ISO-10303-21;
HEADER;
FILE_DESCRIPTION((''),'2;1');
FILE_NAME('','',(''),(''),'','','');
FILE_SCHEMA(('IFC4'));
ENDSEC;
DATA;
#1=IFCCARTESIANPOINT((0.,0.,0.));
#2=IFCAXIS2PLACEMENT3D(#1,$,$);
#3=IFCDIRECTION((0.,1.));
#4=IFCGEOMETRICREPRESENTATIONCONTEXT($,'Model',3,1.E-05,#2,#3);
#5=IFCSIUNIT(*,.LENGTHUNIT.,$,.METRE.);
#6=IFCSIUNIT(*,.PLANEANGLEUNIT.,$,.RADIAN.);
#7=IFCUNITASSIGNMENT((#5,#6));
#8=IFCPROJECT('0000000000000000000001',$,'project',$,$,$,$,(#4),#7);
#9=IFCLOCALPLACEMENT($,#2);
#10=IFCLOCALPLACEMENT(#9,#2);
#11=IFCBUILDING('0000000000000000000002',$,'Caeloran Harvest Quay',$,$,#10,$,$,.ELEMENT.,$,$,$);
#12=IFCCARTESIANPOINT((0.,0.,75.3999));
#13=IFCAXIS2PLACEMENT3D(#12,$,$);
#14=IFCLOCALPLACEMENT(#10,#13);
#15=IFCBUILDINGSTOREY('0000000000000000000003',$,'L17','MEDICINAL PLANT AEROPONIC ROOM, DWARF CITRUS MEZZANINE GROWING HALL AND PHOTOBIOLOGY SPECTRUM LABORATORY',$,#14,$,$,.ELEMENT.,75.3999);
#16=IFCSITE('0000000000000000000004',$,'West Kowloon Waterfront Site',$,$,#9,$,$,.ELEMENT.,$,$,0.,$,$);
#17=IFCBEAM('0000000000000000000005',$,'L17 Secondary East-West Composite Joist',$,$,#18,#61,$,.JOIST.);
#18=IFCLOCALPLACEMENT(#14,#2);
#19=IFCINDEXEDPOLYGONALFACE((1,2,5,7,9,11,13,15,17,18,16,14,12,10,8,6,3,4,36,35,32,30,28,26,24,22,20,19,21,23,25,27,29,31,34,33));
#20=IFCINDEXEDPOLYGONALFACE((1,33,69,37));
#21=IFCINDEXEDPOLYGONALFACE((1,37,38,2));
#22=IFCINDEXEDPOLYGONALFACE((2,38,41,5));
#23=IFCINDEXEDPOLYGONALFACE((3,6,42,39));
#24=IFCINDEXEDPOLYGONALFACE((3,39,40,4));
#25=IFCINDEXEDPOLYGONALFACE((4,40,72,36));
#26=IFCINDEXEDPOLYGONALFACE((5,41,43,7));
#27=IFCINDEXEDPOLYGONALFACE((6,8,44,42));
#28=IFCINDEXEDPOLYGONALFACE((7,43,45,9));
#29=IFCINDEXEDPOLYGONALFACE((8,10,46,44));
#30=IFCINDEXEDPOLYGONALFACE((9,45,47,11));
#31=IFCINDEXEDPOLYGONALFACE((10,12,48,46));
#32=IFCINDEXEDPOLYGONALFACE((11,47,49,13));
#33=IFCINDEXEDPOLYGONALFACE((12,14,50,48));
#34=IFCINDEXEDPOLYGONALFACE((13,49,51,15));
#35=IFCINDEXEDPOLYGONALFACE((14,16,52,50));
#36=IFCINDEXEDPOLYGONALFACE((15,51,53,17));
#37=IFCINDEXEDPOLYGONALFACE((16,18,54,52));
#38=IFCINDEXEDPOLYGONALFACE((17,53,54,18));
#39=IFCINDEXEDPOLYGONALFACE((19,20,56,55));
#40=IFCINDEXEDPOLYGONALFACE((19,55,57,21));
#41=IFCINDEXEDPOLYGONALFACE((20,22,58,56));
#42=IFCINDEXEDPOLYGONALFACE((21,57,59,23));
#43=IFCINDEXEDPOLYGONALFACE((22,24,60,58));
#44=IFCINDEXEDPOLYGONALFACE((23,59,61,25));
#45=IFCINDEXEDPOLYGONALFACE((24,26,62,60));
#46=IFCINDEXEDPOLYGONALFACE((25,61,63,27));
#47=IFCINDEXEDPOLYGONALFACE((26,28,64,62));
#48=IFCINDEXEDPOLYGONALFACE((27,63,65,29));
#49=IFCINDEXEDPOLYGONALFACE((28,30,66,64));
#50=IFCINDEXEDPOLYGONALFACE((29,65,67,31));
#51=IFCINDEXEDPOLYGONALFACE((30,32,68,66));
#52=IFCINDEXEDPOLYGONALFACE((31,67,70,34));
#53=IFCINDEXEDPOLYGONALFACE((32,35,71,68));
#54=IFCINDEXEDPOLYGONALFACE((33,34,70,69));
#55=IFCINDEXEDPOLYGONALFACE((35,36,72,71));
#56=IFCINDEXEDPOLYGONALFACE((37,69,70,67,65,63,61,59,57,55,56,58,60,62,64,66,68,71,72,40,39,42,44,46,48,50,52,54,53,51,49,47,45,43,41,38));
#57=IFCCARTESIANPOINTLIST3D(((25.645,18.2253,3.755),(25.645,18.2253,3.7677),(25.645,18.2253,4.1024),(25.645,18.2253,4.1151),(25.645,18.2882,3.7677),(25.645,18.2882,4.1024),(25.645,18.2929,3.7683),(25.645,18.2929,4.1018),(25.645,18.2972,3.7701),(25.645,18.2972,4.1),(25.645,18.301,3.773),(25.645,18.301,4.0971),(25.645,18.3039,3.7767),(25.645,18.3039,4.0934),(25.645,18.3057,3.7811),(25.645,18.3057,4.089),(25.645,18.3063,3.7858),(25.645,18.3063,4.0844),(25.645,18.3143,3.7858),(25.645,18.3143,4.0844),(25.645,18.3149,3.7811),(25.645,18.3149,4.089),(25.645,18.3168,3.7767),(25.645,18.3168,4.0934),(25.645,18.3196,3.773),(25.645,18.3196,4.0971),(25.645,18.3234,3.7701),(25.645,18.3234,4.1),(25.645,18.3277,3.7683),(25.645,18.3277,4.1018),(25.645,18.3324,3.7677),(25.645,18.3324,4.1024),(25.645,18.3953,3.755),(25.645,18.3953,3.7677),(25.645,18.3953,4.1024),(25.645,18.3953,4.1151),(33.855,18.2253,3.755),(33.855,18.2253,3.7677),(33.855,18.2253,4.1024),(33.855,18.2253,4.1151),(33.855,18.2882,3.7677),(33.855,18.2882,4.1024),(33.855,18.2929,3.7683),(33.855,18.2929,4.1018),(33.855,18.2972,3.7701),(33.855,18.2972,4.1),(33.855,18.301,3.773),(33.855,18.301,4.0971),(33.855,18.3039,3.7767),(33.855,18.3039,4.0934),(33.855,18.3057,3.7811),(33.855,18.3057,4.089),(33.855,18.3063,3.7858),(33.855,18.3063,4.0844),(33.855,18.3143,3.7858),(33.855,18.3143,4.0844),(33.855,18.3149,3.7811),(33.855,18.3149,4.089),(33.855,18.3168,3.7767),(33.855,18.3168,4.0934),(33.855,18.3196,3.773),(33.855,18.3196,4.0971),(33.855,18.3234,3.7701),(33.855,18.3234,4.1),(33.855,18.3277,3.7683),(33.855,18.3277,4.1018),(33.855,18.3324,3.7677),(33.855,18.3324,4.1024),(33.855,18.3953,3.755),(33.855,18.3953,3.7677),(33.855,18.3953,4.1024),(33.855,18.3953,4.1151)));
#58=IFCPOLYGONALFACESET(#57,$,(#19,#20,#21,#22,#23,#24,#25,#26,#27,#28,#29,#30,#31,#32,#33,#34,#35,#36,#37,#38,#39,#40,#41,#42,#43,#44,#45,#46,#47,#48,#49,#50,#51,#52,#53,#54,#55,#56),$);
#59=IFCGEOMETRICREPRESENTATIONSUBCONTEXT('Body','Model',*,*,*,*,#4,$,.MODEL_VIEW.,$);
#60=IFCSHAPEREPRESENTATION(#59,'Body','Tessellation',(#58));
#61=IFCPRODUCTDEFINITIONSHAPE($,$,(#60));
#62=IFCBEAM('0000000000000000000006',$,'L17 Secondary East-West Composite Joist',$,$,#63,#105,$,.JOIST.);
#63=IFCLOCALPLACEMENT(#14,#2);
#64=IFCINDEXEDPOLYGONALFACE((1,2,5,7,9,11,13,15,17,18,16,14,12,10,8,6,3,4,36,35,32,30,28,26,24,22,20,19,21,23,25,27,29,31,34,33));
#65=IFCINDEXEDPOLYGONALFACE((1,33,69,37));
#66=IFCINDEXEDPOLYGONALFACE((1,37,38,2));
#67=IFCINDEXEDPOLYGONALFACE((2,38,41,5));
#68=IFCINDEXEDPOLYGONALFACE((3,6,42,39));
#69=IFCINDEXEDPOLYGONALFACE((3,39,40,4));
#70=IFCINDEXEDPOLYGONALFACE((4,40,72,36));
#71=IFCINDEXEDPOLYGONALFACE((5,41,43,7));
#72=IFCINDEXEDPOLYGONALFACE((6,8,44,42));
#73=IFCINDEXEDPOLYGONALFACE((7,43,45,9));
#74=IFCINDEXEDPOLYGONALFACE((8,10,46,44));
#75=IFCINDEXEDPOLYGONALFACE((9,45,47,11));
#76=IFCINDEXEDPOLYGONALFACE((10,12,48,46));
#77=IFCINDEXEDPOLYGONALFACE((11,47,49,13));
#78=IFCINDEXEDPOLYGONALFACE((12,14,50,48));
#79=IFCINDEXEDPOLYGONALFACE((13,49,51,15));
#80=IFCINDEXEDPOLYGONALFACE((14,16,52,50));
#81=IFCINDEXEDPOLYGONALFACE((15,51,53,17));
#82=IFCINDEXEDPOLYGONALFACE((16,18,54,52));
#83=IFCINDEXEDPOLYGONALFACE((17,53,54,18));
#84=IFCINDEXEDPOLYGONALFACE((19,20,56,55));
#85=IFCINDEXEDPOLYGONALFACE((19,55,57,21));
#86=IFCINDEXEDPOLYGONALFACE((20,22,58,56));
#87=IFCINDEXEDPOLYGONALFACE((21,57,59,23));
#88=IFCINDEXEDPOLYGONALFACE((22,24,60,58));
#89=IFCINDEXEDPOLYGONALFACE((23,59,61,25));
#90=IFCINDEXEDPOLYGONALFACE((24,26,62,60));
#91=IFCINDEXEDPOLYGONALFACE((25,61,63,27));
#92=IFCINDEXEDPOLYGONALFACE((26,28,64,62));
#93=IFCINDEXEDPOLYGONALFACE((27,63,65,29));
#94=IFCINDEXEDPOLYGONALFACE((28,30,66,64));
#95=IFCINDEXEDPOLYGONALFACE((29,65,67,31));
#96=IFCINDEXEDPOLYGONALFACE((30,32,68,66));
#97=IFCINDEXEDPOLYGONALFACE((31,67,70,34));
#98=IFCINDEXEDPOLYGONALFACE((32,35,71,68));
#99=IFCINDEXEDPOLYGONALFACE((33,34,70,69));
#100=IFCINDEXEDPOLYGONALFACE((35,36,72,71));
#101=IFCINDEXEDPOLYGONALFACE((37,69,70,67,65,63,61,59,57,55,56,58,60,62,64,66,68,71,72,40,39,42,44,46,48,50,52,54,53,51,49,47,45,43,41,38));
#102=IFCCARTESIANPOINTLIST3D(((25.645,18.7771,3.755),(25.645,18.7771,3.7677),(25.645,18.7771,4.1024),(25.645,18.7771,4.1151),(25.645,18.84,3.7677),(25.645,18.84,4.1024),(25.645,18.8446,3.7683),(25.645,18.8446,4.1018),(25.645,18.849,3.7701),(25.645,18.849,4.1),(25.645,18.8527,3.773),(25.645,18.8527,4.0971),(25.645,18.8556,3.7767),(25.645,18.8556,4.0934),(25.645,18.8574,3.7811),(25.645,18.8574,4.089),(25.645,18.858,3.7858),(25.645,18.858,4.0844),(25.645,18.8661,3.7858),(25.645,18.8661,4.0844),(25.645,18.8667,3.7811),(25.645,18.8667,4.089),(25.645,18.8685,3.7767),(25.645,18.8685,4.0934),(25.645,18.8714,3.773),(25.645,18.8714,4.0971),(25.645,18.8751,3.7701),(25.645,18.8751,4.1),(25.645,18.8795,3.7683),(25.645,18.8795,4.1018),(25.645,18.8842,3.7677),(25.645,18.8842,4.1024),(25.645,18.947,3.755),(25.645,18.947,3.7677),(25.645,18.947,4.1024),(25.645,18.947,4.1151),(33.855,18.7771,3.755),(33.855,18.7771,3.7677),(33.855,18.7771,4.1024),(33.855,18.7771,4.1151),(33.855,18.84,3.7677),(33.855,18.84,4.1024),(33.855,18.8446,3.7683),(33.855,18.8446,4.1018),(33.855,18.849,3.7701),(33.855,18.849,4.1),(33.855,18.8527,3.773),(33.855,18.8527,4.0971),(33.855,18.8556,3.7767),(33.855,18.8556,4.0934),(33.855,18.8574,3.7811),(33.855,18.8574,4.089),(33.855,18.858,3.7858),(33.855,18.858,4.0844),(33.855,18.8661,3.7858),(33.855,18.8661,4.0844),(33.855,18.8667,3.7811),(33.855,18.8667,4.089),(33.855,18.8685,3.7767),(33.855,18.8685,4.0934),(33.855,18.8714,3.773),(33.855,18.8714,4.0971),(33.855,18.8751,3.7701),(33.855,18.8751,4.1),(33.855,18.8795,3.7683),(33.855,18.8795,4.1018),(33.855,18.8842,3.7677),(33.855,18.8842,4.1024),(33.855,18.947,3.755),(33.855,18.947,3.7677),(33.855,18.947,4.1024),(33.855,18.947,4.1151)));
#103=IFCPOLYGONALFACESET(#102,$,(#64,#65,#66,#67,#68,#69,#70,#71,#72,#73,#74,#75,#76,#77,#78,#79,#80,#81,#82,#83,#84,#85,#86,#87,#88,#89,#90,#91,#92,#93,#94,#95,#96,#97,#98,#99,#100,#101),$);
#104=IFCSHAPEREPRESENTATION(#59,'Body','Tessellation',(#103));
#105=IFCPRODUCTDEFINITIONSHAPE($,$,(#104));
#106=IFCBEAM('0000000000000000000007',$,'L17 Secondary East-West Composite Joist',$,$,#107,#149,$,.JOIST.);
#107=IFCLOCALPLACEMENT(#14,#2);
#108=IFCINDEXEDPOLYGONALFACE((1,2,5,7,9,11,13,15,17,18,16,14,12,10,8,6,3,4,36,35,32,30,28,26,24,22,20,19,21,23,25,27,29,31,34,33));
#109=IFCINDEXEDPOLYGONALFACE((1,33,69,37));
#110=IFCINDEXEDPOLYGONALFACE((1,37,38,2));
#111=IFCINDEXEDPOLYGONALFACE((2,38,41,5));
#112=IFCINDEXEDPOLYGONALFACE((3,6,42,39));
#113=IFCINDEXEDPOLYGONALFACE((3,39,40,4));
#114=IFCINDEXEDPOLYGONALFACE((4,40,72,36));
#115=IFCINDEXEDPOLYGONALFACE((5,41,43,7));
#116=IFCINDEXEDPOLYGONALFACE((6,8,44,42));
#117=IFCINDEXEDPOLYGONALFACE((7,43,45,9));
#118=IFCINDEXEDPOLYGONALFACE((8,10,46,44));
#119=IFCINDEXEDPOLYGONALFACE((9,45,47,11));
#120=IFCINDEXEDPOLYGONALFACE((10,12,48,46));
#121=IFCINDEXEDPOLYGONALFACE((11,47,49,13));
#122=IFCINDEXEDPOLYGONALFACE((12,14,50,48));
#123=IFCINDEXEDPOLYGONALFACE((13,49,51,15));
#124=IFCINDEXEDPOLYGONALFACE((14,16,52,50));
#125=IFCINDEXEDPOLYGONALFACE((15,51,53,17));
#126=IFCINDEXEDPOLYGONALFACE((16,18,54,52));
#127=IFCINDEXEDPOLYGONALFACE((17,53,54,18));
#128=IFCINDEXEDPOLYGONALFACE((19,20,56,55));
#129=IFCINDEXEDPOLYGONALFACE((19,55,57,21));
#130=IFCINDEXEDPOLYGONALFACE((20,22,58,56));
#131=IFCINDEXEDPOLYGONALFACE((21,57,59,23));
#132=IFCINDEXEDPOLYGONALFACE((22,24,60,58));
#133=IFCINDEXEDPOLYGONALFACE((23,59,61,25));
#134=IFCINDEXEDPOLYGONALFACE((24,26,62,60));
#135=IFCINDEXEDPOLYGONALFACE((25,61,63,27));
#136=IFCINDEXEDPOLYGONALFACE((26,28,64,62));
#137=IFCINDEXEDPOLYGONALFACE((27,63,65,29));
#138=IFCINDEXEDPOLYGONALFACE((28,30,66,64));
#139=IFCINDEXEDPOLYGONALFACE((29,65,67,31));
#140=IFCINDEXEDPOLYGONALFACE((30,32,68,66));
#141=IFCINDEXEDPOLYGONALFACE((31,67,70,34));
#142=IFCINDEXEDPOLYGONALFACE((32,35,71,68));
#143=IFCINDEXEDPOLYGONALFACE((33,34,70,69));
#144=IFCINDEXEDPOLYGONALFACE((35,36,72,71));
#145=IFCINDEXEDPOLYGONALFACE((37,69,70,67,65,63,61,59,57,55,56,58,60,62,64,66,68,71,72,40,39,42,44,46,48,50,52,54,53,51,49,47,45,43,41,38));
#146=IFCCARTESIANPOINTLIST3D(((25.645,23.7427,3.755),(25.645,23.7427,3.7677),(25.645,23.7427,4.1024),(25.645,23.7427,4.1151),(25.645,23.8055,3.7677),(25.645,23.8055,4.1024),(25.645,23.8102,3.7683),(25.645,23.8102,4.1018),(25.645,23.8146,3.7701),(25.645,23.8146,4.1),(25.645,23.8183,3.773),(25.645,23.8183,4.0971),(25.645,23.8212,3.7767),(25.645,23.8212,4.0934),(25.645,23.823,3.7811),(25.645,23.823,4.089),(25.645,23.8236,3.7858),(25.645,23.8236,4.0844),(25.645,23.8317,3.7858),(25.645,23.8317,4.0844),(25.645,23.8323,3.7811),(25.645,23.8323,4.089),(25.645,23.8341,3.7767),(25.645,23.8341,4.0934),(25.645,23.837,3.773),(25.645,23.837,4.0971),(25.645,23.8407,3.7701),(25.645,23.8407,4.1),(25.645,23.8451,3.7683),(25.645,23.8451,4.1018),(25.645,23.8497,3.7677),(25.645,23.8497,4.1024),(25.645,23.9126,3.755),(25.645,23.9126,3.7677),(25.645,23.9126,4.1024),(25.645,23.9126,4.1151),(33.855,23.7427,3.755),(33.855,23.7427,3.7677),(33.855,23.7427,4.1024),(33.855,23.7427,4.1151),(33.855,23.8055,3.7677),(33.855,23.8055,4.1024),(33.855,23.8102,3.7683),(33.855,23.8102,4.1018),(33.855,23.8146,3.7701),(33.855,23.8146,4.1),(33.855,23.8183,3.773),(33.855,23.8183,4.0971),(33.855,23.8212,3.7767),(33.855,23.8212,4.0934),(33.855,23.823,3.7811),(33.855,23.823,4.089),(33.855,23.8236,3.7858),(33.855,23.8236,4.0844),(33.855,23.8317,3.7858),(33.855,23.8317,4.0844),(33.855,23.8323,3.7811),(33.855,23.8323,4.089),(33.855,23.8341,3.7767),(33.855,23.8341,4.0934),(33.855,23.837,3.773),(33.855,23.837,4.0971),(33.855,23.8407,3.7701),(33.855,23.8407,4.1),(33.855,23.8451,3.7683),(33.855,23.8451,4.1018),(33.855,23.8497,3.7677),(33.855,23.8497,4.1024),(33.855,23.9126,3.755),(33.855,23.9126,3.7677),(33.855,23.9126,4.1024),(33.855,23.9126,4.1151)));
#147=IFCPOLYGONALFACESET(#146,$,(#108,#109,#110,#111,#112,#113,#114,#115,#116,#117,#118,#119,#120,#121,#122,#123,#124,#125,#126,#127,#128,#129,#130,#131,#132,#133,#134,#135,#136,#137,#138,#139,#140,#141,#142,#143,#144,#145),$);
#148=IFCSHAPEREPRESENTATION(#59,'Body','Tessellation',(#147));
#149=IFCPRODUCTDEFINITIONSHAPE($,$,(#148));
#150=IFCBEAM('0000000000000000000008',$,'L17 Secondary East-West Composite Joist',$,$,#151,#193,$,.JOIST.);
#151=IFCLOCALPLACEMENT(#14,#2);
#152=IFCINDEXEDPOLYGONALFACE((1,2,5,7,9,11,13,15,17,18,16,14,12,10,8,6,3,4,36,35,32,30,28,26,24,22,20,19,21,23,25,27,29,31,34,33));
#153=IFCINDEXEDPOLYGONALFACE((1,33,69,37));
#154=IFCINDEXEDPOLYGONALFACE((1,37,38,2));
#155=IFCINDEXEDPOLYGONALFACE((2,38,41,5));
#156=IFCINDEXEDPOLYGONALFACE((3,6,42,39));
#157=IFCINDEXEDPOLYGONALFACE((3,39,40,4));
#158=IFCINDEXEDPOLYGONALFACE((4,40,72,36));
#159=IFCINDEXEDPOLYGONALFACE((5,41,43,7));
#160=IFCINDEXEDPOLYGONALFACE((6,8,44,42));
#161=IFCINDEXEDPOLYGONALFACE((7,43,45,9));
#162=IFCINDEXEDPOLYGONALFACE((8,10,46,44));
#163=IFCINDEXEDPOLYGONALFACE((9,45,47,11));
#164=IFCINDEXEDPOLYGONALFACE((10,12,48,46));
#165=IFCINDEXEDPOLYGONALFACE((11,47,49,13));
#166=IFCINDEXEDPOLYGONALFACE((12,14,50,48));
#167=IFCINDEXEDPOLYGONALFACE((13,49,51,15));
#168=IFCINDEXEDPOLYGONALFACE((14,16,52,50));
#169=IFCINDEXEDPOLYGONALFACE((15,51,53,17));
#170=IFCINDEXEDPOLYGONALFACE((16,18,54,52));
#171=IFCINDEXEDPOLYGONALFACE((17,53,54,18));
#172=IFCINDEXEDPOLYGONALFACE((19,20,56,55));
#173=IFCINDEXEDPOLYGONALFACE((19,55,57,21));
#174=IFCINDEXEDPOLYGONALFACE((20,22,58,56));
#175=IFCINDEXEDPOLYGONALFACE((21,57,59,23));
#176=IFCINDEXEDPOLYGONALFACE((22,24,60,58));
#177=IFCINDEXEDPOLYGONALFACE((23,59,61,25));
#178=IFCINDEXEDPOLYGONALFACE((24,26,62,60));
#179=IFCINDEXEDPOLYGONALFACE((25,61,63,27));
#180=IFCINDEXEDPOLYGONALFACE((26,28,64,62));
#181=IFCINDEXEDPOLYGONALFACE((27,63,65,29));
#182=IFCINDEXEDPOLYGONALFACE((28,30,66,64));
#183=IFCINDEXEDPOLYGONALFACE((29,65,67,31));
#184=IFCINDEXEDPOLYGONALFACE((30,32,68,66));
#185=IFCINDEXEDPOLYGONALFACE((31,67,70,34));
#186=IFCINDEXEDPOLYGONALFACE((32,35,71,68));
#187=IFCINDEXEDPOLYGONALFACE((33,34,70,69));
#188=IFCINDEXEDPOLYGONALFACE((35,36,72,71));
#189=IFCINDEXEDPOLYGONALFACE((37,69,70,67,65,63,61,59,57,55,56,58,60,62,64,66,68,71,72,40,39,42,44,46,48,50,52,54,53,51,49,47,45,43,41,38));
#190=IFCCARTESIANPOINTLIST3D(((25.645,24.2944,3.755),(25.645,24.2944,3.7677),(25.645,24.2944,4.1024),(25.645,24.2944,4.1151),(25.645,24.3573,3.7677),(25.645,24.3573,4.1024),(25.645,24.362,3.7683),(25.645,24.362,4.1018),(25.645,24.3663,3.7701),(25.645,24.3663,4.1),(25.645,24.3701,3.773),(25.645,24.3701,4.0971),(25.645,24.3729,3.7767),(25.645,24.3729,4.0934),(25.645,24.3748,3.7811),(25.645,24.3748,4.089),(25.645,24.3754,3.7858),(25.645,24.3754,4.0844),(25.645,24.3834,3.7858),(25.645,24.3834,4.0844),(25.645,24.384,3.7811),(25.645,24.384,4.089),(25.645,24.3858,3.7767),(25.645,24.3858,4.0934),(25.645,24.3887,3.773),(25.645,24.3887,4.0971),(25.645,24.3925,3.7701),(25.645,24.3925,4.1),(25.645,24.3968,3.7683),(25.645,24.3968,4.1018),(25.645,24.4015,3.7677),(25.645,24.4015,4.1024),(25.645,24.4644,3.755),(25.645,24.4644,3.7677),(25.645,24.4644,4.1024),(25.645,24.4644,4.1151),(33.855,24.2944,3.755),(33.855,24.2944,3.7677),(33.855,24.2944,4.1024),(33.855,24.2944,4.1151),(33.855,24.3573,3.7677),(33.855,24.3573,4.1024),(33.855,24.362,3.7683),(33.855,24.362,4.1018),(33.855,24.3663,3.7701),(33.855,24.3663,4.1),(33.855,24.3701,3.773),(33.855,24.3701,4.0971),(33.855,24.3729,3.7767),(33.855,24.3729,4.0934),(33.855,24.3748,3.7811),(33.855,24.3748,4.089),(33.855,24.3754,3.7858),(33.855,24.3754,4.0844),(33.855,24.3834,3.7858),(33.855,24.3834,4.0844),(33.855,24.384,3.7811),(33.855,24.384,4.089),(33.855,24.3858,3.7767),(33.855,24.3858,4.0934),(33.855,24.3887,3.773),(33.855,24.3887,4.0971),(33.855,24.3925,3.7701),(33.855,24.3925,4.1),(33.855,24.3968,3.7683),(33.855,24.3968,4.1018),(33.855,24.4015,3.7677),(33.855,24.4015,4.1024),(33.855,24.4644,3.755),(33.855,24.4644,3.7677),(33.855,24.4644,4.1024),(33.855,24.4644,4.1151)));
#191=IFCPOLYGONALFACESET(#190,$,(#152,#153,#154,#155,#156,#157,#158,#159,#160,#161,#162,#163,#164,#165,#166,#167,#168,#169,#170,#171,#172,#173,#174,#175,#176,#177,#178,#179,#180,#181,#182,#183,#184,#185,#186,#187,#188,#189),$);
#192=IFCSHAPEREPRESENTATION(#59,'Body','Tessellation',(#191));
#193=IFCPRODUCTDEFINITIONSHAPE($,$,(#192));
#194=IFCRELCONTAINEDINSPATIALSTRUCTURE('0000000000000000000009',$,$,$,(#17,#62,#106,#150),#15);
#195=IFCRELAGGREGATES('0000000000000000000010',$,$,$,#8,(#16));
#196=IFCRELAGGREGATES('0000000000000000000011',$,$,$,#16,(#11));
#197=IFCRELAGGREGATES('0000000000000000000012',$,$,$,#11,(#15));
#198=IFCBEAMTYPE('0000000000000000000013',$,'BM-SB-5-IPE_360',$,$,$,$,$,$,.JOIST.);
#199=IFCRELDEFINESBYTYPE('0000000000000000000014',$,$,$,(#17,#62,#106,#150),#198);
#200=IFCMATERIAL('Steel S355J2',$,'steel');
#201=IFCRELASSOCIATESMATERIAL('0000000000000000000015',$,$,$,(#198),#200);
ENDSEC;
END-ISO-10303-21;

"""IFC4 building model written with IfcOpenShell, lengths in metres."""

from ifc_helpers import new_model, si_unit, direction, frame, origin, origin_2d, place, context, subcontext, project, spatial, i_section, extrude, material, material_profile, profile_set, type_object, element, save


model = new_model("IFC4")

# Units and contexts
model_context = context("Model", 3, precision=1e-05, world=origin(), true_north=direction((0.0, 1.0)))
body_context = subcontext(model_context, "Body", "Model", "MODEL_VIEW")
ifc_project = project(units=[si_unit("LENGTHUNIT", "METRE"), si_unit("PLANEANGLEUNIT", "RADIAN")], contexts=[model_context])

# Site, building, storey
site_placement = place(None, origin())
site = spatial("IfcSite", under=ifc_project, at=site_placement, Name="West Kowloon Waterfront Site", CompositionType="ELEMENT", RefElevation=0.0)
building_placement = place(site_placement, origin())
building = spatial("IfcBuilding", under=site, at=building_placement, Name="Caeloran Harvest Quay", CompositionType="ELEMENT")
storey_placement = place(building_placement, frame((0.0, 0.0, 75.3999)))
storey = spatial("IfcBuildingStorey", under=building, at=storey_placement, Name="L17", Description="MEDICINAL PLANT AEROPONIC ROOM, DWARF CITRUS MEZZANINE GROWING HALL AND PHOTOBIOLOGY SPECTRUM LABORATORY", CompositionType="ELEMENT", Elevation=75.3999)

# Beams
ifc_material_1 = material(Name="Steel S355J2", Category="steel")
ifc_material_profile_1 = material_profile(ifc_material_1, i_section(OverallWidth=0.1699, OverallDepth=0.3601, WebThickness=0.0081, FlangeThickness=0.0127, FilletRadius=0.0181, at=origin_2d()), Name="IPE 360")
ifc_profile_set_1 = profile_set([ifc_material_profile_1], Name="Steel S355J2")
beam_type_1 = type_object("IfcBeamType", Name="BM-SB-5-IPE_360", PredefinedType="JOIST", material=ifc_profile_set_1)
for number, where, z_axis, x_axis, name in (
    (1, (25.645, 18.3103, 3.9351), (1.0, 0.0, 0.0), (0.0, 1.0, 0.0), "L17 Secondary East-West Composite Joist"),
    (2, (25.645, 18.8621, 3.9351), (1.0, 0.0, 0.0), (0.0, 1.0, 0.0), "L17 Secondary East-West Composite Joist"),
    (3, (25.645, 23.8276, 3.9351), (1.0, 0.0, 0.0), (0.0, 1.0, 0.0), "L17 Secondary East-West Composite Joist"),
    (4, (25.645, 24.3794, 3.9351), (1.0, 0.0, 0.0), (0.0, 1.0, 0.0), "L17 Secondary East-West Composite Joist"),
):
    element("IfcBeam", number, at=place(storey_placement, frame(where, z_axis=z_axis, x_axis=x_axis)), inside=storey, type_object=beam_type_1, Name=name, PredefinedType="JOIST", context=body_context, shape_type="SweptSolid", body=[
        extrude(i_section(OverallWidth=0.1699, OverallDepth=0.3601, WebThickness=0.0081, FlangeThickness=0.0127, FilletRadius=0.0181, at=origin_2d()), origin(), (0.0, 0.0, 1.0), 8.21),
    ])

save(model, "model.ifc")
